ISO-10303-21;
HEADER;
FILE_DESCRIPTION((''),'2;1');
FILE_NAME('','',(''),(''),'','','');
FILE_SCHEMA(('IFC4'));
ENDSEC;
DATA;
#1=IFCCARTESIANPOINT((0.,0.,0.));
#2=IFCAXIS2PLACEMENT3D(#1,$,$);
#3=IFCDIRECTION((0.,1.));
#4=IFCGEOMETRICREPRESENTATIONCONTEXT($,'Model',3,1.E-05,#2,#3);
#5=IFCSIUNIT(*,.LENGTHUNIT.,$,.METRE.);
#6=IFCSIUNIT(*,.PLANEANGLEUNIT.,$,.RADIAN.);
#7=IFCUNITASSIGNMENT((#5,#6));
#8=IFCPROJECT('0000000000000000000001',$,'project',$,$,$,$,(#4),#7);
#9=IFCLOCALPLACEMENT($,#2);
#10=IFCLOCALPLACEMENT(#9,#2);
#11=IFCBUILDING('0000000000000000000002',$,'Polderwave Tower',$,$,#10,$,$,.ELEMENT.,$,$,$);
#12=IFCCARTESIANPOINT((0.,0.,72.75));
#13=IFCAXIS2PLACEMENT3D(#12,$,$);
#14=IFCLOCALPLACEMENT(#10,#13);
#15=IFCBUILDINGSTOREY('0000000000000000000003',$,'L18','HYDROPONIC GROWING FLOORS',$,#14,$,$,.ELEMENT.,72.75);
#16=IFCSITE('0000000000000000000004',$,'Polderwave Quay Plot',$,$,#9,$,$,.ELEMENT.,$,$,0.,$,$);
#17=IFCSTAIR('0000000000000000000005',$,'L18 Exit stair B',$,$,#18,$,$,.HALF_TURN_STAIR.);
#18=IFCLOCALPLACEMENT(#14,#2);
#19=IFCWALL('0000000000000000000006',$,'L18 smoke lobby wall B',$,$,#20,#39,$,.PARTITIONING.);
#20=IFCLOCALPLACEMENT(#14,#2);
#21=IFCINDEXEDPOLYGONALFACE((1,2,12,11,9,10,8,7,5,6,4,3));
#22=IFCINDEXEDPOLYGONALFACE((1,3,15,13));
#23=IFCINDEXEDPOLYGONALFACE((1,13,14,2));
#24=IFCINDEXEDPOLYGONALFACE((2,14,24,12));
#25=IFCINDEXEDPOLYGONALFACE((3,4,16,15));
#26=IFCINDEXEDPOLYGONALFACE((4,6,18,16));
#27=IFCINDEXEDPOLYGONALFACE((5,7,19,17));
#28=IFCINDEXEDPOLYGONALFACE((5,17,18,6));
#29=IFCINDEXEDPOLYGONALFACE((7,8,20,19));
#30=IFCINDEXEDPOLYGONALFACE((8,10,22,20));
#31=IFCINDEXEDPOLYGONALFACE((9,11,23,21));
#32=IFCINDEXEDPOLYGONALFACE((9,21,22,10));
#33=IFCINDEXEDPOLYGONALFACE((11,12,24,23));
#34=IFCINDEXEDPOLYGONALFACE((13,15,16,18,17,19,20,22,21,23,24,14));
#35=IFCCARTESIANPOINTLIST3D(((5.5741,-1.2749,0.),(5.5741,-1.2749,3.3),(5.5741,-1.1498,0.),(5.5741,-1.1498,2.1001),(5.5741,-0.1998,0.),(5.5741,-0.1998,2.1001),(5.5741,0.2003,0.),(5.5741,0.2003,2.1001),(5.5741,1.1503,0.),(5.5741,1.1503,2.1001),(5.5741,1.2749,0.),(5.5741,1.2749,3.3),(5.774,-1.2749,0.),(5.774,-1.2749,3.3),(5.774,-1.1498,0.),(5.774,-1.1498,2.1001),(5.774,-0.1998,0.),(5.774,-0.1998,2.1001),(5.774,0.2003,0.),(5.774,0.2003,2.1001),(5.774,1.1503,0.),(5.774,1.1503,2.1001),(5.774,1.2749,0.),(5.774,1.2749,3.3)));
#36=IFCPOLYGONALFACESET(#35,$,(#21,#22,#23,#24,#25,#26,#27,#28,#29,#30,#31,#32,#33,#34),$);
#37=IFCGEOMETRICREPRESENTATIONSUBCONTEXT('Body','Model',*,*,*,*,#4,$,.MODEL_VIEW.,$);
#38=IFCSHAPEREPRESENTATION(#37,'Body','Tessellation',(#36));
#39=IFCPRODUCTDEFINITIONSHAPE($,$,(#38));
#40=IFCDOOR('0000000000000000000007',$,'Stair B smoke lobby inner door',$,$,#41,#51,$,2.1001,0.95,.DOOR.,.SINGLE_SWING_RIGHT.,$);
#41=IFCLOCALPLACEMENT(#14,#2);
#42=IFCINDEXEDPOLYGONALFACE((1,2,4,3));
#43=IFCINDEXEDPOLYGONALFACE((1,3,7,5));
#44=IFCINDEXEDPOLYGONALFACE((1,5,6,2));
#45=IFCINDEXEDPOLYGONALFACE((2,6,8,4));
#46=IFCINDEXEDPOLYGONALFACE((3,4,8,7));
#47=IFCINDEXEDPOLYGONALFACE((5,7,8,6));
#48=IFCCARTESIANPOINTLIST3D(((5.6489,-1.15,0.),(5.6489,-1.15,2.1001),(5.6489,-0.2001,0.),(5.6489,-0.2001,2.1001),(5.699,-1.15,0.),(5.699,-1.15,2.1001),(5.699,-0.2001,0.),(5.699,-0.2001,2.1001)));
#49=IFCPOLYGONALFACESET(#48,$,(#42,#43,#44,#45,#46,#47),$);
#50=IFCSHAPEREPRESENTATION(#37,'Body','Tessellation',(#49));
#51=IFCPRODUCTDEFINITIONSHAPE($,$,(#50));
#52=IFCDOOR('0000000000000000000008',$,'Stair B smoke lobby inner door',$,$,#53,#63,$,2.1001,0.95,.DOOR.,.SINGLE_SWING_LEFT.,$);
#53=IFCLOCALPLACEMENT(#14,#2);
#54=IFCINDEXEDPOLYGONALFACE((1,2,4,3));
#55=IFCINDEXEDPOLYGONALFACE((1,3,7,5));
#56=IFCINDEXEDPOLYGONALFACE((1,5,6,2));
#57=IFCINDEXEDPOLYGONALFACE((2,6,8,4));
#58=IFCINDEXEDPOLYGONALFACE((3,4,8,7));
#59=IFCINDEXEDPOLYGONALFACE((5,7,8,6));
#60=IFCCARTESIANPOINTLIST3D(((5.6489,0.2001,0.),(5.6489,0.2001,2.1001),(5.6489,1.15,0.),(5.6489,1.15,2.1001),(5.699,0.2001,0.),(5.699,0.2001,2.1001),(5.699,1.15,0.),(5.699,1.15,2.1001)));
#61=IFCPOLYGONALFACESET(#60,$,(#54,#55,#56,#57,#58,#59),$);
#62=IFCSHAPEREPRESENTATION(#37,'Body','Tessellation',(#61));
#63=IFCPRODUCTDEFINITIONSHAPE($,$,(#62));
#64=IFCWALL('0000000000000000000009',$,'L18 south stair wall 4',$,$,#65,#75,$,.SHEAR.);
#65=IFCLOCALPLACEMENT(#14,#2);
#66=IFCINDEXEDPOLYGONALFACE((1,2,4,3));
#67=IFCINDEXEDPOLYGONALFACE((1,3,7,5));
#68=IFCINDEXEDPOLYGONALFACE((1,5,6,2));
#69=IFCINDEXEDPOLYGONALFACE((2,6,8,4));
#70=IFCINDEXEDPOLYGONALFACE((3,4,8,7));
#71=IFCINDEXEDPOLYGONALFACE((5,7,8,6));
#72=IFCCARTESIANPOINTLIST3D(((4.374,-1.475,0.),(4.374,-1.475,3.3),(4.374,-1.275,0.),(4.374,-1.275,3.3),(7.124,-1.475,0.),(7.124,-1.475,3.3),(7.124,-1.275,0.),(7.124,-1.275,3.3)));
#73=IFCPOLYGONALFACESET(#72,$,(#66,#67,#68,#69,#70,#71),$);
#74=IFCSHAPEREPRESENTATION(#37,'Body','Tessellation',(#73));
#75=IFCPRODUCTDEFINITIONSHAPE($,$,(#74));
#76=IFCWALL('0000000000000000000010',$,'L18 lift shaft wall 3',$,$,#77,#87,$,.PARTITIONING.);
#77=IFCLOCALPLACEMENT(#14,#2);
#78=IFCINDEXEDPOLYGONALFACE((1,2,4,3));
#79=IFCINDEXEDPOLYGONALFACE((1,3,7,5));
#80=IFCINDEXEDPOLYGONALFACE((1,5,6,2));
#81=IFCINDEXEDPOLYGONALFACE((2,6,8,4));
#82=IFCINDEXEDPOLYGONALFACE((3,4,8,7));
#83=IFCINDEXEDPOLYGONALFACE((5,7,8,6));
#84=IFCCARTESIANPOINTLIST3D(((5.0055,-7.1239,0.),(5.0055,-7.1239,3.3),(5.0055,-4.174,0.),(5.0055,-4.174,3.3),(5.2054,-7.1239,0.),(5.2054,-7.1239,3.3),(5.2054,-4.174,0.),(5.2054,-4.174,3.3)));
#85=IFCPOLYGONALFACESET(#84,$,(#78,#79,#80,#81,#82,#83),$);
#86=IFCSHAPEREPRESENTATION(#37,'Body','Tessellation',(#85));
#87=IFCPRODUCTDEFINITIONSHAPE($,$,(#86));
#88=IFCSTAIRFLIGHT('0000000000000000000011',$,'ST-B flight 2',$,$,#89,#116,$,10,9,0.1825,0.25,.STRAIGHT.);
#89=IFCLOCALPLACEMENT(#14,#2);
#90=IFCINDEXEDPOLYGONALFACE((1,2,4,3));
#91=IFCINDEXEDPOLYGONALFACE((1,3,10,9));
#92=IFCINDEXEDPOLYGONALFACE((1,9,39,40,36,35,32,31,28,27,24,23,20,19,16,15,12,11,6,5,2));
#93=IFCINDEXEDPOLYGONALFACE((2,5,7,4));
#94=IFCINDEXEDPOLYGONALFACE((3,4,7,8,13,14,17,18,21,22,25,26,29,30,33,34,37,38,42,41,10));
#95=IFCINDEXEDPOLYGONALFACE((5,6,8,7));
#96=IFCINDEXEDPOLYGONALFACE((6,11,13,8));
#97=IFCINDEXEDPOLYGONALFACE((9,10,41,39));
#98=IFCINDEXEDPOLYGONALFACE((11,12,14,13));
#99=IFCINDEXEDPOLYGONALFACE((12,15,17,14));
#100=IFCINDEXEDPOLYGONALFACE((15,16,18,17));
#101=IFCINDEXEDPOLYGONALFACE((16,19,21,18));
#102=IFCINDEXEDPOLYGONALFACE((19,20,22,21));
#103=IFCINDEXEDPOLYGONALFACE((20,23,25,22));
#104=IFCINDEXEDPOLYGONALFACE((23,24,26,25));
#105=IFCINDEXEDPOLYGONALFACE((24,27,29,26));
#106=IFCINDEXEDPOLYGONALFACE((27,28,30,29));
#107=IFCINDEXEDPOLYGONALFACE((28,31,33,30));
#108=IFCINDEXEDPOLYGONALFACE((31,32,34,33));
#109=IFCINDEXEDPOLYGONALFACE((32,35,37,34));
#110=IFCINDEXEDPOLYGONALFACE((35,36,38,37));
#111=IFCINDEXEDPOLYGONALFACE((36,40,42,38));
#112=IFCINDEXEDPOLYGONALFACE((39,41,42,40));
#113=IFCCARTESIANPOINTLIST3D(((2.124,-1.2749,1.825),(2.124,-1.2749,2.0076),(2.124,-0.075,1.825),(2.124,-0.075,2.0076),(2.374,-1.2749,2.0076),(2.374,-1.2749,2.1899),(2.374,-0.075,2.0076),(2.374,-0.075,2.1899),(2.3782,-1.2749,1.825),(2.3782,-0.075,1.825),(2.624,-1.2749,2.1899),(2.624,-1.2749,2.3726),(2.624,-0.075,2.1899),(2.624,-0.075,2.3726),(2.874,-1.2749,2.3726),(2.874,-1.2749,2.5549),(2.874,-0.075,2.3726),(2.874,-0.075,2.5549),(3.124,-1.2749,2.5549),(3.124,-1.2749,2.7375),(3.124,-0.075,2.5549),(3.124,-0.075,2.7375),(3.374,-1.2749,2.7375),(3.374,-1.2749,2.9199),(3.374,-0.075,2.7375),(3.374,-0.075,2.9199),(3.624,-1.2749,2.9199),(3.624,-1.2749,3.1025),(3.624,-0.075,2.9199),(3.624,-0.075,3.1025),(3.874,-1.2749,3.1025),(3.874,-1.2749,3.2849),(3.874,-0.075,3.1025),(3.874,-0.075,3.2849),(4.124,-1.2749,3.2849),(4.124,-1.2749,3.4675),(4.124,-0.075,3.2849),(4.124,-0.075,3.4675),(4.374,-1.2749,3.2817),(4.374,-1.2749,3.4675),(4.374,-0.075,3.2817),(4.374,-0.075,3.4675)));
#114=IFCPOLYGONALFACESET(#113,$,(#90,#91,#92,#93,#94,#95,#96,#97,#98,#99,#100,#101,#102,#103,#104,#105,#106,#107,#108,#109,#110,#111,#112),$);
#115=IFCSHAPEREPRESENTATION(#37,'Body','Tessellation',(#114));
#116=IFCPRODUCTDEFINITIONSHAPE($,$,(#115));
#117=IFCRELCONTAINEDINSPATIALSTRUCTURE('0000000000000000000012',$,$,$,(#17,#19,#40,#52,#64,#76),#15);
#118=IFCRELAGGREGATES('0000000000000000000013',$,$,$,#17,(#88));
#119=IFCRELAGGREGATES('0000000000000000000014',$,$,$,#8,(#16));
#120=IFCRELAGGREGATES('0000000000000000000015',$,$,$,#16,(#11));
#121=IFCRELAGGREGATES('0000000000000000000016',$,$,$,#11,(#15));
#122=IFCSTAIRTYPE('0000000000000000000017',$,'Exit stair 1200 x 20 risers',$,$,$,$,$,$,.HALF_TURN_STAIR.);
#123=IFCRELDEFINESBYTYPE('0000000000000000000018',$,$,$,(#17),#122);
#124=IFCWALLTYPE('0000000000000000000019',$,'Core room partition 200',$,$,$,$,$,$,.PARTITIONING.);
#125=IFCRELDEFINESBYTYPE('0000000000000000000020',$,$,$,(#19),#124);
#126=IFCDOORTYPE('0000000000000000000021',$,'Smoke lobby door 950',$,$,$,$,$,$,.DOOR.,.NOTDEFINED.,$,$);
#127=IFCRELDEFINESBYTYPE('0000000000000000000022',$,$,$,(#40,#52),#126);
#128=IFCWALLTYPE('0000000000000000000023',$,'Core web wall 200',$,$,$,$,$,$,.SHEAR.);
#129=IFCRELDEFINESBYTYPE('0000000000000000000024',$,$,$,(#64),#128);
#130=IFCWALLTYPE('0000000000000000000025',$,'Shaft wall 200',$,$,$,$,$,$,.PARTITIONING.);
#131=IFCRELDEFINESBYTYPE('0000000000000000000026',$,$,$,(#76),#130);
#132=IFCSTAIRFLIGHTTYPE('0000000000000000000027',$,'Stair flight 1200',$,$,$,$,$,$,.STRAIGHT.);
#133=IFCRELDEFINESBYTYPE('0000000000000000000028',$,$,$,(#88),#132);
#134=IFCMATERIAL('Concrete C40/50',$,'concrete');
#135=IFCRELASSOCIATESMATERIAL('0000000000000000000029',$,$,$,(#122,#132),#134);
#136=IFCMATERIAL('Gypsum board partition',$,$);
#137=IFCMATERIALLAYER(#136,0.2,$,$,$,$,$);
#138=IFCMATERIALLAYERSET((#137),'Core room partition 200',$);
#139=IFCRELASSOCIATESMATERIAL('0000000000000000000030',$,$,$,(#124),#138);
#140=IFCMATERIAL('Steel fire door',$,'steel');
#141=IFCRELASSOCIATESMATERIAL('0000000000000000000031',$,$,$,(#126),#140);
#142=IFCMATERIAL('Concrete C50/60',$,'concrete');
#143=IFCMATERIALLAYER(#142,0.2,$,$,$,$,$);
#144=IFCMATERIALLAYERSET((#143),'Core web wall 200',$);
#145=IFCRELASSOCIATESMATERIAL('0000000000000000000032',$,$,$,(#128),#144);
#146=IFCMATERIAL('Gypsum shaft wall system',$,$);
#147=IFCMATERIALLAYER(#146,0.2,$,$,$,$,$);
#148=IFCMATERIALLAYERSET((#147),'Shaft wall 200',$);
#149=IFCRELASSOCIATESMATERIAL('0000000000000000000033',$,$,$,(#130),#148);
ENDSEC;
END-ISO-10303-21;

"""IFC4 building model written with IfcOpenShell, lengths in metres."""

from ifc_helpers import new_model, si_unit, direction, frame, frame_2d, origin, place, context, subcontext, project, spatial, polyline, rectangle, outline, extrude, material, layer, layer_set, type_object, element, fill, aggregate, save


model = new_model("IFC4")

# Units and contexts
model_context = context("Model", 3, precision=1e-05, world=origin(), true_north=direction((0.0, 1.0)))
body_context = subcontext(model_context, "Body", "Model", "MODEL_VIEW")
ifc_project = project(units=[si_unit("LENGTHUNIT", "METRE"), si_unit("PLANEANGLEUNIT", "RADIAN")], contexts=[model_context])

# Site, building, storey
site_placement = place(None, origin())
site = spatial("IfcSite", under=ifc_project, at=site_placement, Name="Polderwave Quay Plot", CompositionType="ELEMENT", RefElevation=0.0)
building_placement = place(site_placement, origin())
building = spatial("IfcBuilding", under=site, at=building_placement, Name="Polderwave Tower", CompositionType="ELEMENT")
storey_placement = place(building_placement, frame((0.0, 0.0, 72.75)))
storey = spatial("IfcBuildingStorey", under=building, at=storey_placement, Name="L18", Description="HYDROPONIC GROWING FLOORS", CompositionType="ELEMENT", Elevation=72.75)

# Shared definitions
ifc_material_1 = material(Name="Concrete C40/50", Category="concrete")

# Stair
stair_type = type_object("IfcStairType", Name="Exit stair 1200 x 20 risers", PredefinedType="HALF_TURN_STAIR", material=ifc_material_1)
stair_1_placement = place(storey_placement, origin())
stair_1 = element("IfcStair", 1, at=stair_1_placement, inside=storey, type_object=stair_type, Name="L18 Exit stair B", PredefinedType="HALF_TURN_STAIR")

# Wall, openings, doors
ifc_material_2 = material(Name="Steel fire door", Category="steel")
ifc_material_3 = material(Name="Gypsum board partition")
ifc_layer_1 = layer(ifc_material_3, 0.2)
ifc_layer_set_1 = layer_set([ifc_layer_1], Name="Core room partition 200")
wall_type_1 = type_object("IfcWallType", Name="Core room partition 200", PredefinedType="PARTITIONING", material=ifc_layer_set_1)
wall_1_placement = place(storey_placement, frame((5.6741, -1.2749, 0.0), z_axis=(0.0, 0.0, 1.0), x_axis=(0.0, 1.0, 0.0)))
wall_1 = element("IfcWall", 2, at=wall_1_placement, inside=storey, type_object=wall_type_1, Name="L18 smoke lobby wall B", PredefinedType="PARTITIONING", context=body_context, shape_type="SweptSolid", body=[
    extrude(rectangle(XDim=2.5498, YDim=0.2, at=frame_2d((1.2749, 0.0))), origin(), (0.0, 0.0, 1.0), 3.3),
])
opening_1_placement = place(wall_1_placement, frame((0.125, 0.0, 0.0)))
opening_1 = element("IfcOpeningElement", 3, at=opening_1_placement, cuts=wall_1, PredefinedType="OPENING", context=body_context, shape_type="SweptSolid", body=[
    extrude(rectangle(XDim=0.95, YDim=2.1001, at=frame_2d((0.4751, 1.05))), frame((0.0, 0.1099, 0.0), z_axis=(0.0, -1.0, 0.0), x_axis=(1.0, 0.0, 0.0)), (0.0, 0.0, 1.0), 0.22),
])
opening_2_placement = place(wall_1_placement, frame((1.4751, 0.0, 0.0)))
opening_2 = element("IfcOpeningElement", 4, at=opening_2_placement, cuts=wall_1, PredefinedType="OPENING", context=body_context, shape_type="SweptSolid", body=[
    extrude(rectangle(XDim=0.95, YDim=2.1001, at=frame_2d((0.4751, 1.05))), frame((0.0, 0.1099, 0.0), z_axis=(0.0, -1.0, 0.0), x_axis=(1.0, 0.0, 0.0)), (0.0, 0.0, 1.0), 0.22),
])
door_type_1 = type_object("IfcDoorType", Name="Smoke lobby door 950", OperationType="NOTDEFINED", PredefinedType="DOOR", material=ifc_material_2)
door_1_placement = place(opening_1_placement, frame((0.95, 0.0, 0.0), z_axis=(0.0, 0.0, 1.0), x_axis=(-1.0, 0.0, 0.0)))
door_1 = element("IfcDoor", 5, at=door_1_placement, inside=storey, type_object=door_type_1, Name="Stair B smoke lobby inner door", OperationType="SINGLE_SWING_RIGHT", OverallHeight=2.1001, OverallWidth=0.95, PredefinedType="DOOR", context=body_context, shape_type="SweptSolid", body=[
    extrude(rectangle(XDim=0.95, YDim=2.1001, at=frame_2d((0.4751, 1.05))), frame((0.0, 0.0249, 0.0), z_axis=(0.0, -1.0, 0.0), x_axis=(1.0, 0.0, 0.0)), (0.0, 0.0, 1.0), 0.05),
])
fill(opening_1, door_1)
door_2_placement = place(opening_2_placement, frame((0.95, 0.0, 0.0), z_axis=(0.0, 0.0, 1.0), x_axis=(-1.0, 0.0, 0.0)))
door_2 = element("IfcDoor", 6, at=door_2_placement, inside=storey, type_object=door_type_1, Name="Stair B smoke lobby inner door", OperationType="SINGLE_SWING_LEFT", OverallHeight=2.1001, OverallWidth=0.95, PredefinedType="DOOR", context=body_context, shape_type="SweptSolid", body=[
    extrude(rectangle(XDim=0.95, YDim=2.1001, at=frame_2d((0.4751, 1.05))), frame((0.0, 0.0249, 0.0), z_axis=(0.0, -1.0, 0.0), x_axis=(1.0, 0.0, 0.0)), (0.0, 0.0, 1.0), 0.05),
])
fill(opening_2, door_2)

# Walls
ifc_material_4 = material(Name="Concrete C50/60", Category="concrete")
ifc_layer_2 = layer(ifc_material_4, 0.2)
ifc_layer_set_2 = layer_set([ifc_layer_2], Name="Core web wall 200")
wall_type_2 = type_object("IfcWallType", Name="Core web wall 200", PredefinedType="SHEAR", material=ifc_layer_set_2)
wall_2_placement = place(storey_placement, frame((4.374, -1.375, 0.0), z_axis=(0.0, 0.0, 1.0), x_axis=(1.0, 0.0, 0.0)))
element("IfcWall", 7, at=wall_2_placement, inside=storey, type_object=wall_type_2, Name="L18 south stair wall 4", PredefinedType="SHEAR", context=body_context, shape_type="SweptSolid", body=[
    extrude(rectangle(XDim=2.75, YDim=0.2, at=frame_2d((1.375, 0.0))), origin(), (0.0, 0.0, 1.0), 3.3),
])
ifc_material_5 = material(Name="Gypsum shaft wall system")
ifc_layer_3 = layer(ifc_material_5, 0.2)
ifc_layer_set_3 = layer_set([ifc_layer_3], Name="Shaft wall 200")
wall_type_3 = type_object("IfcWallType", Name="Shaft wall 200", PredefinedType="PARTITIONING", material=ifc_layer_set_3)
wall_3_placement = place(storey_placement, frame((5.1055, -7.124, 0.0), z_axis=(0.0, 0.0, 1.0), x_axis=(0.0, 1.0, 0.0)))
element("IfcWall", 8, at=wall_3_placement, inside=storey, type_object=wall_type_3, Name="L18 lift shaft wall 3", PredefinedType="PARTITIONING", context=body_context, shape_type="SweptSolid", body=[
    extrude(rectangle(XDim=2.95, YDim=0.2, at=frame_2d((1.4751, 0.0))), origin(), (0.0, 0.0, 1.0), 3.3),
])

# Stair flight
stair_flight_type = type_object("IfcStairFlightType", Name="Stair flight 1200", PredefinedType="STRAIGHT", material=ifc_material_1)
stair_flight_placement = place(storey_placement, frame((2.124, -0.675, 1.825), z_axis=(0.0, 0.0, 1.0), x_axis=(1.0, 0.0, 0.0)))
stair_flight = element("IfcStairFlight", 9, at=stair_flight_placement, type_object=stair_flight_type, Name="ST-B flight 2", NumberOfRisers=10, NumberOfTreads=9, PredefinedType="STRAIGHT", RiserHeight=0.1825, TreadLength=0.25, context=body_context, shape_type="SweptSolid", body=[
    extrude(outline(polyline([(0.0, 0.0), (0.0, 0.1826), (0.25, 0.1826), (0.25, 0.365), (0.5, 0.365), (0.5, 0.5476), (0.75, 0.5476), (0.75, 0.73), (1.0, 0.73), (1.0, 0.9126), (1.25, 0.9126), (1.25, 1.095), (1.5, 1.095), (1.5, 1.2776), (1.75, 1.2776), (1.75, 1.46), (2.0, 1.46), (2.0, 1.6426), (2.25, 1.6426), (2.25, 1.825), (2.25, 1.4568), (0.2542, 0.0), (0.0, 0.0)])), frame((0.0, 0.6001, 0.0), z_axis=(0.0, -1.0, 0.0), x_axis=(1.0, 0.0, 0.0)), (0.0, 0.0, 1.0), 1.2),
])
aggregate(stair_1, [stair_flight])

save(model, "model.ifc")
